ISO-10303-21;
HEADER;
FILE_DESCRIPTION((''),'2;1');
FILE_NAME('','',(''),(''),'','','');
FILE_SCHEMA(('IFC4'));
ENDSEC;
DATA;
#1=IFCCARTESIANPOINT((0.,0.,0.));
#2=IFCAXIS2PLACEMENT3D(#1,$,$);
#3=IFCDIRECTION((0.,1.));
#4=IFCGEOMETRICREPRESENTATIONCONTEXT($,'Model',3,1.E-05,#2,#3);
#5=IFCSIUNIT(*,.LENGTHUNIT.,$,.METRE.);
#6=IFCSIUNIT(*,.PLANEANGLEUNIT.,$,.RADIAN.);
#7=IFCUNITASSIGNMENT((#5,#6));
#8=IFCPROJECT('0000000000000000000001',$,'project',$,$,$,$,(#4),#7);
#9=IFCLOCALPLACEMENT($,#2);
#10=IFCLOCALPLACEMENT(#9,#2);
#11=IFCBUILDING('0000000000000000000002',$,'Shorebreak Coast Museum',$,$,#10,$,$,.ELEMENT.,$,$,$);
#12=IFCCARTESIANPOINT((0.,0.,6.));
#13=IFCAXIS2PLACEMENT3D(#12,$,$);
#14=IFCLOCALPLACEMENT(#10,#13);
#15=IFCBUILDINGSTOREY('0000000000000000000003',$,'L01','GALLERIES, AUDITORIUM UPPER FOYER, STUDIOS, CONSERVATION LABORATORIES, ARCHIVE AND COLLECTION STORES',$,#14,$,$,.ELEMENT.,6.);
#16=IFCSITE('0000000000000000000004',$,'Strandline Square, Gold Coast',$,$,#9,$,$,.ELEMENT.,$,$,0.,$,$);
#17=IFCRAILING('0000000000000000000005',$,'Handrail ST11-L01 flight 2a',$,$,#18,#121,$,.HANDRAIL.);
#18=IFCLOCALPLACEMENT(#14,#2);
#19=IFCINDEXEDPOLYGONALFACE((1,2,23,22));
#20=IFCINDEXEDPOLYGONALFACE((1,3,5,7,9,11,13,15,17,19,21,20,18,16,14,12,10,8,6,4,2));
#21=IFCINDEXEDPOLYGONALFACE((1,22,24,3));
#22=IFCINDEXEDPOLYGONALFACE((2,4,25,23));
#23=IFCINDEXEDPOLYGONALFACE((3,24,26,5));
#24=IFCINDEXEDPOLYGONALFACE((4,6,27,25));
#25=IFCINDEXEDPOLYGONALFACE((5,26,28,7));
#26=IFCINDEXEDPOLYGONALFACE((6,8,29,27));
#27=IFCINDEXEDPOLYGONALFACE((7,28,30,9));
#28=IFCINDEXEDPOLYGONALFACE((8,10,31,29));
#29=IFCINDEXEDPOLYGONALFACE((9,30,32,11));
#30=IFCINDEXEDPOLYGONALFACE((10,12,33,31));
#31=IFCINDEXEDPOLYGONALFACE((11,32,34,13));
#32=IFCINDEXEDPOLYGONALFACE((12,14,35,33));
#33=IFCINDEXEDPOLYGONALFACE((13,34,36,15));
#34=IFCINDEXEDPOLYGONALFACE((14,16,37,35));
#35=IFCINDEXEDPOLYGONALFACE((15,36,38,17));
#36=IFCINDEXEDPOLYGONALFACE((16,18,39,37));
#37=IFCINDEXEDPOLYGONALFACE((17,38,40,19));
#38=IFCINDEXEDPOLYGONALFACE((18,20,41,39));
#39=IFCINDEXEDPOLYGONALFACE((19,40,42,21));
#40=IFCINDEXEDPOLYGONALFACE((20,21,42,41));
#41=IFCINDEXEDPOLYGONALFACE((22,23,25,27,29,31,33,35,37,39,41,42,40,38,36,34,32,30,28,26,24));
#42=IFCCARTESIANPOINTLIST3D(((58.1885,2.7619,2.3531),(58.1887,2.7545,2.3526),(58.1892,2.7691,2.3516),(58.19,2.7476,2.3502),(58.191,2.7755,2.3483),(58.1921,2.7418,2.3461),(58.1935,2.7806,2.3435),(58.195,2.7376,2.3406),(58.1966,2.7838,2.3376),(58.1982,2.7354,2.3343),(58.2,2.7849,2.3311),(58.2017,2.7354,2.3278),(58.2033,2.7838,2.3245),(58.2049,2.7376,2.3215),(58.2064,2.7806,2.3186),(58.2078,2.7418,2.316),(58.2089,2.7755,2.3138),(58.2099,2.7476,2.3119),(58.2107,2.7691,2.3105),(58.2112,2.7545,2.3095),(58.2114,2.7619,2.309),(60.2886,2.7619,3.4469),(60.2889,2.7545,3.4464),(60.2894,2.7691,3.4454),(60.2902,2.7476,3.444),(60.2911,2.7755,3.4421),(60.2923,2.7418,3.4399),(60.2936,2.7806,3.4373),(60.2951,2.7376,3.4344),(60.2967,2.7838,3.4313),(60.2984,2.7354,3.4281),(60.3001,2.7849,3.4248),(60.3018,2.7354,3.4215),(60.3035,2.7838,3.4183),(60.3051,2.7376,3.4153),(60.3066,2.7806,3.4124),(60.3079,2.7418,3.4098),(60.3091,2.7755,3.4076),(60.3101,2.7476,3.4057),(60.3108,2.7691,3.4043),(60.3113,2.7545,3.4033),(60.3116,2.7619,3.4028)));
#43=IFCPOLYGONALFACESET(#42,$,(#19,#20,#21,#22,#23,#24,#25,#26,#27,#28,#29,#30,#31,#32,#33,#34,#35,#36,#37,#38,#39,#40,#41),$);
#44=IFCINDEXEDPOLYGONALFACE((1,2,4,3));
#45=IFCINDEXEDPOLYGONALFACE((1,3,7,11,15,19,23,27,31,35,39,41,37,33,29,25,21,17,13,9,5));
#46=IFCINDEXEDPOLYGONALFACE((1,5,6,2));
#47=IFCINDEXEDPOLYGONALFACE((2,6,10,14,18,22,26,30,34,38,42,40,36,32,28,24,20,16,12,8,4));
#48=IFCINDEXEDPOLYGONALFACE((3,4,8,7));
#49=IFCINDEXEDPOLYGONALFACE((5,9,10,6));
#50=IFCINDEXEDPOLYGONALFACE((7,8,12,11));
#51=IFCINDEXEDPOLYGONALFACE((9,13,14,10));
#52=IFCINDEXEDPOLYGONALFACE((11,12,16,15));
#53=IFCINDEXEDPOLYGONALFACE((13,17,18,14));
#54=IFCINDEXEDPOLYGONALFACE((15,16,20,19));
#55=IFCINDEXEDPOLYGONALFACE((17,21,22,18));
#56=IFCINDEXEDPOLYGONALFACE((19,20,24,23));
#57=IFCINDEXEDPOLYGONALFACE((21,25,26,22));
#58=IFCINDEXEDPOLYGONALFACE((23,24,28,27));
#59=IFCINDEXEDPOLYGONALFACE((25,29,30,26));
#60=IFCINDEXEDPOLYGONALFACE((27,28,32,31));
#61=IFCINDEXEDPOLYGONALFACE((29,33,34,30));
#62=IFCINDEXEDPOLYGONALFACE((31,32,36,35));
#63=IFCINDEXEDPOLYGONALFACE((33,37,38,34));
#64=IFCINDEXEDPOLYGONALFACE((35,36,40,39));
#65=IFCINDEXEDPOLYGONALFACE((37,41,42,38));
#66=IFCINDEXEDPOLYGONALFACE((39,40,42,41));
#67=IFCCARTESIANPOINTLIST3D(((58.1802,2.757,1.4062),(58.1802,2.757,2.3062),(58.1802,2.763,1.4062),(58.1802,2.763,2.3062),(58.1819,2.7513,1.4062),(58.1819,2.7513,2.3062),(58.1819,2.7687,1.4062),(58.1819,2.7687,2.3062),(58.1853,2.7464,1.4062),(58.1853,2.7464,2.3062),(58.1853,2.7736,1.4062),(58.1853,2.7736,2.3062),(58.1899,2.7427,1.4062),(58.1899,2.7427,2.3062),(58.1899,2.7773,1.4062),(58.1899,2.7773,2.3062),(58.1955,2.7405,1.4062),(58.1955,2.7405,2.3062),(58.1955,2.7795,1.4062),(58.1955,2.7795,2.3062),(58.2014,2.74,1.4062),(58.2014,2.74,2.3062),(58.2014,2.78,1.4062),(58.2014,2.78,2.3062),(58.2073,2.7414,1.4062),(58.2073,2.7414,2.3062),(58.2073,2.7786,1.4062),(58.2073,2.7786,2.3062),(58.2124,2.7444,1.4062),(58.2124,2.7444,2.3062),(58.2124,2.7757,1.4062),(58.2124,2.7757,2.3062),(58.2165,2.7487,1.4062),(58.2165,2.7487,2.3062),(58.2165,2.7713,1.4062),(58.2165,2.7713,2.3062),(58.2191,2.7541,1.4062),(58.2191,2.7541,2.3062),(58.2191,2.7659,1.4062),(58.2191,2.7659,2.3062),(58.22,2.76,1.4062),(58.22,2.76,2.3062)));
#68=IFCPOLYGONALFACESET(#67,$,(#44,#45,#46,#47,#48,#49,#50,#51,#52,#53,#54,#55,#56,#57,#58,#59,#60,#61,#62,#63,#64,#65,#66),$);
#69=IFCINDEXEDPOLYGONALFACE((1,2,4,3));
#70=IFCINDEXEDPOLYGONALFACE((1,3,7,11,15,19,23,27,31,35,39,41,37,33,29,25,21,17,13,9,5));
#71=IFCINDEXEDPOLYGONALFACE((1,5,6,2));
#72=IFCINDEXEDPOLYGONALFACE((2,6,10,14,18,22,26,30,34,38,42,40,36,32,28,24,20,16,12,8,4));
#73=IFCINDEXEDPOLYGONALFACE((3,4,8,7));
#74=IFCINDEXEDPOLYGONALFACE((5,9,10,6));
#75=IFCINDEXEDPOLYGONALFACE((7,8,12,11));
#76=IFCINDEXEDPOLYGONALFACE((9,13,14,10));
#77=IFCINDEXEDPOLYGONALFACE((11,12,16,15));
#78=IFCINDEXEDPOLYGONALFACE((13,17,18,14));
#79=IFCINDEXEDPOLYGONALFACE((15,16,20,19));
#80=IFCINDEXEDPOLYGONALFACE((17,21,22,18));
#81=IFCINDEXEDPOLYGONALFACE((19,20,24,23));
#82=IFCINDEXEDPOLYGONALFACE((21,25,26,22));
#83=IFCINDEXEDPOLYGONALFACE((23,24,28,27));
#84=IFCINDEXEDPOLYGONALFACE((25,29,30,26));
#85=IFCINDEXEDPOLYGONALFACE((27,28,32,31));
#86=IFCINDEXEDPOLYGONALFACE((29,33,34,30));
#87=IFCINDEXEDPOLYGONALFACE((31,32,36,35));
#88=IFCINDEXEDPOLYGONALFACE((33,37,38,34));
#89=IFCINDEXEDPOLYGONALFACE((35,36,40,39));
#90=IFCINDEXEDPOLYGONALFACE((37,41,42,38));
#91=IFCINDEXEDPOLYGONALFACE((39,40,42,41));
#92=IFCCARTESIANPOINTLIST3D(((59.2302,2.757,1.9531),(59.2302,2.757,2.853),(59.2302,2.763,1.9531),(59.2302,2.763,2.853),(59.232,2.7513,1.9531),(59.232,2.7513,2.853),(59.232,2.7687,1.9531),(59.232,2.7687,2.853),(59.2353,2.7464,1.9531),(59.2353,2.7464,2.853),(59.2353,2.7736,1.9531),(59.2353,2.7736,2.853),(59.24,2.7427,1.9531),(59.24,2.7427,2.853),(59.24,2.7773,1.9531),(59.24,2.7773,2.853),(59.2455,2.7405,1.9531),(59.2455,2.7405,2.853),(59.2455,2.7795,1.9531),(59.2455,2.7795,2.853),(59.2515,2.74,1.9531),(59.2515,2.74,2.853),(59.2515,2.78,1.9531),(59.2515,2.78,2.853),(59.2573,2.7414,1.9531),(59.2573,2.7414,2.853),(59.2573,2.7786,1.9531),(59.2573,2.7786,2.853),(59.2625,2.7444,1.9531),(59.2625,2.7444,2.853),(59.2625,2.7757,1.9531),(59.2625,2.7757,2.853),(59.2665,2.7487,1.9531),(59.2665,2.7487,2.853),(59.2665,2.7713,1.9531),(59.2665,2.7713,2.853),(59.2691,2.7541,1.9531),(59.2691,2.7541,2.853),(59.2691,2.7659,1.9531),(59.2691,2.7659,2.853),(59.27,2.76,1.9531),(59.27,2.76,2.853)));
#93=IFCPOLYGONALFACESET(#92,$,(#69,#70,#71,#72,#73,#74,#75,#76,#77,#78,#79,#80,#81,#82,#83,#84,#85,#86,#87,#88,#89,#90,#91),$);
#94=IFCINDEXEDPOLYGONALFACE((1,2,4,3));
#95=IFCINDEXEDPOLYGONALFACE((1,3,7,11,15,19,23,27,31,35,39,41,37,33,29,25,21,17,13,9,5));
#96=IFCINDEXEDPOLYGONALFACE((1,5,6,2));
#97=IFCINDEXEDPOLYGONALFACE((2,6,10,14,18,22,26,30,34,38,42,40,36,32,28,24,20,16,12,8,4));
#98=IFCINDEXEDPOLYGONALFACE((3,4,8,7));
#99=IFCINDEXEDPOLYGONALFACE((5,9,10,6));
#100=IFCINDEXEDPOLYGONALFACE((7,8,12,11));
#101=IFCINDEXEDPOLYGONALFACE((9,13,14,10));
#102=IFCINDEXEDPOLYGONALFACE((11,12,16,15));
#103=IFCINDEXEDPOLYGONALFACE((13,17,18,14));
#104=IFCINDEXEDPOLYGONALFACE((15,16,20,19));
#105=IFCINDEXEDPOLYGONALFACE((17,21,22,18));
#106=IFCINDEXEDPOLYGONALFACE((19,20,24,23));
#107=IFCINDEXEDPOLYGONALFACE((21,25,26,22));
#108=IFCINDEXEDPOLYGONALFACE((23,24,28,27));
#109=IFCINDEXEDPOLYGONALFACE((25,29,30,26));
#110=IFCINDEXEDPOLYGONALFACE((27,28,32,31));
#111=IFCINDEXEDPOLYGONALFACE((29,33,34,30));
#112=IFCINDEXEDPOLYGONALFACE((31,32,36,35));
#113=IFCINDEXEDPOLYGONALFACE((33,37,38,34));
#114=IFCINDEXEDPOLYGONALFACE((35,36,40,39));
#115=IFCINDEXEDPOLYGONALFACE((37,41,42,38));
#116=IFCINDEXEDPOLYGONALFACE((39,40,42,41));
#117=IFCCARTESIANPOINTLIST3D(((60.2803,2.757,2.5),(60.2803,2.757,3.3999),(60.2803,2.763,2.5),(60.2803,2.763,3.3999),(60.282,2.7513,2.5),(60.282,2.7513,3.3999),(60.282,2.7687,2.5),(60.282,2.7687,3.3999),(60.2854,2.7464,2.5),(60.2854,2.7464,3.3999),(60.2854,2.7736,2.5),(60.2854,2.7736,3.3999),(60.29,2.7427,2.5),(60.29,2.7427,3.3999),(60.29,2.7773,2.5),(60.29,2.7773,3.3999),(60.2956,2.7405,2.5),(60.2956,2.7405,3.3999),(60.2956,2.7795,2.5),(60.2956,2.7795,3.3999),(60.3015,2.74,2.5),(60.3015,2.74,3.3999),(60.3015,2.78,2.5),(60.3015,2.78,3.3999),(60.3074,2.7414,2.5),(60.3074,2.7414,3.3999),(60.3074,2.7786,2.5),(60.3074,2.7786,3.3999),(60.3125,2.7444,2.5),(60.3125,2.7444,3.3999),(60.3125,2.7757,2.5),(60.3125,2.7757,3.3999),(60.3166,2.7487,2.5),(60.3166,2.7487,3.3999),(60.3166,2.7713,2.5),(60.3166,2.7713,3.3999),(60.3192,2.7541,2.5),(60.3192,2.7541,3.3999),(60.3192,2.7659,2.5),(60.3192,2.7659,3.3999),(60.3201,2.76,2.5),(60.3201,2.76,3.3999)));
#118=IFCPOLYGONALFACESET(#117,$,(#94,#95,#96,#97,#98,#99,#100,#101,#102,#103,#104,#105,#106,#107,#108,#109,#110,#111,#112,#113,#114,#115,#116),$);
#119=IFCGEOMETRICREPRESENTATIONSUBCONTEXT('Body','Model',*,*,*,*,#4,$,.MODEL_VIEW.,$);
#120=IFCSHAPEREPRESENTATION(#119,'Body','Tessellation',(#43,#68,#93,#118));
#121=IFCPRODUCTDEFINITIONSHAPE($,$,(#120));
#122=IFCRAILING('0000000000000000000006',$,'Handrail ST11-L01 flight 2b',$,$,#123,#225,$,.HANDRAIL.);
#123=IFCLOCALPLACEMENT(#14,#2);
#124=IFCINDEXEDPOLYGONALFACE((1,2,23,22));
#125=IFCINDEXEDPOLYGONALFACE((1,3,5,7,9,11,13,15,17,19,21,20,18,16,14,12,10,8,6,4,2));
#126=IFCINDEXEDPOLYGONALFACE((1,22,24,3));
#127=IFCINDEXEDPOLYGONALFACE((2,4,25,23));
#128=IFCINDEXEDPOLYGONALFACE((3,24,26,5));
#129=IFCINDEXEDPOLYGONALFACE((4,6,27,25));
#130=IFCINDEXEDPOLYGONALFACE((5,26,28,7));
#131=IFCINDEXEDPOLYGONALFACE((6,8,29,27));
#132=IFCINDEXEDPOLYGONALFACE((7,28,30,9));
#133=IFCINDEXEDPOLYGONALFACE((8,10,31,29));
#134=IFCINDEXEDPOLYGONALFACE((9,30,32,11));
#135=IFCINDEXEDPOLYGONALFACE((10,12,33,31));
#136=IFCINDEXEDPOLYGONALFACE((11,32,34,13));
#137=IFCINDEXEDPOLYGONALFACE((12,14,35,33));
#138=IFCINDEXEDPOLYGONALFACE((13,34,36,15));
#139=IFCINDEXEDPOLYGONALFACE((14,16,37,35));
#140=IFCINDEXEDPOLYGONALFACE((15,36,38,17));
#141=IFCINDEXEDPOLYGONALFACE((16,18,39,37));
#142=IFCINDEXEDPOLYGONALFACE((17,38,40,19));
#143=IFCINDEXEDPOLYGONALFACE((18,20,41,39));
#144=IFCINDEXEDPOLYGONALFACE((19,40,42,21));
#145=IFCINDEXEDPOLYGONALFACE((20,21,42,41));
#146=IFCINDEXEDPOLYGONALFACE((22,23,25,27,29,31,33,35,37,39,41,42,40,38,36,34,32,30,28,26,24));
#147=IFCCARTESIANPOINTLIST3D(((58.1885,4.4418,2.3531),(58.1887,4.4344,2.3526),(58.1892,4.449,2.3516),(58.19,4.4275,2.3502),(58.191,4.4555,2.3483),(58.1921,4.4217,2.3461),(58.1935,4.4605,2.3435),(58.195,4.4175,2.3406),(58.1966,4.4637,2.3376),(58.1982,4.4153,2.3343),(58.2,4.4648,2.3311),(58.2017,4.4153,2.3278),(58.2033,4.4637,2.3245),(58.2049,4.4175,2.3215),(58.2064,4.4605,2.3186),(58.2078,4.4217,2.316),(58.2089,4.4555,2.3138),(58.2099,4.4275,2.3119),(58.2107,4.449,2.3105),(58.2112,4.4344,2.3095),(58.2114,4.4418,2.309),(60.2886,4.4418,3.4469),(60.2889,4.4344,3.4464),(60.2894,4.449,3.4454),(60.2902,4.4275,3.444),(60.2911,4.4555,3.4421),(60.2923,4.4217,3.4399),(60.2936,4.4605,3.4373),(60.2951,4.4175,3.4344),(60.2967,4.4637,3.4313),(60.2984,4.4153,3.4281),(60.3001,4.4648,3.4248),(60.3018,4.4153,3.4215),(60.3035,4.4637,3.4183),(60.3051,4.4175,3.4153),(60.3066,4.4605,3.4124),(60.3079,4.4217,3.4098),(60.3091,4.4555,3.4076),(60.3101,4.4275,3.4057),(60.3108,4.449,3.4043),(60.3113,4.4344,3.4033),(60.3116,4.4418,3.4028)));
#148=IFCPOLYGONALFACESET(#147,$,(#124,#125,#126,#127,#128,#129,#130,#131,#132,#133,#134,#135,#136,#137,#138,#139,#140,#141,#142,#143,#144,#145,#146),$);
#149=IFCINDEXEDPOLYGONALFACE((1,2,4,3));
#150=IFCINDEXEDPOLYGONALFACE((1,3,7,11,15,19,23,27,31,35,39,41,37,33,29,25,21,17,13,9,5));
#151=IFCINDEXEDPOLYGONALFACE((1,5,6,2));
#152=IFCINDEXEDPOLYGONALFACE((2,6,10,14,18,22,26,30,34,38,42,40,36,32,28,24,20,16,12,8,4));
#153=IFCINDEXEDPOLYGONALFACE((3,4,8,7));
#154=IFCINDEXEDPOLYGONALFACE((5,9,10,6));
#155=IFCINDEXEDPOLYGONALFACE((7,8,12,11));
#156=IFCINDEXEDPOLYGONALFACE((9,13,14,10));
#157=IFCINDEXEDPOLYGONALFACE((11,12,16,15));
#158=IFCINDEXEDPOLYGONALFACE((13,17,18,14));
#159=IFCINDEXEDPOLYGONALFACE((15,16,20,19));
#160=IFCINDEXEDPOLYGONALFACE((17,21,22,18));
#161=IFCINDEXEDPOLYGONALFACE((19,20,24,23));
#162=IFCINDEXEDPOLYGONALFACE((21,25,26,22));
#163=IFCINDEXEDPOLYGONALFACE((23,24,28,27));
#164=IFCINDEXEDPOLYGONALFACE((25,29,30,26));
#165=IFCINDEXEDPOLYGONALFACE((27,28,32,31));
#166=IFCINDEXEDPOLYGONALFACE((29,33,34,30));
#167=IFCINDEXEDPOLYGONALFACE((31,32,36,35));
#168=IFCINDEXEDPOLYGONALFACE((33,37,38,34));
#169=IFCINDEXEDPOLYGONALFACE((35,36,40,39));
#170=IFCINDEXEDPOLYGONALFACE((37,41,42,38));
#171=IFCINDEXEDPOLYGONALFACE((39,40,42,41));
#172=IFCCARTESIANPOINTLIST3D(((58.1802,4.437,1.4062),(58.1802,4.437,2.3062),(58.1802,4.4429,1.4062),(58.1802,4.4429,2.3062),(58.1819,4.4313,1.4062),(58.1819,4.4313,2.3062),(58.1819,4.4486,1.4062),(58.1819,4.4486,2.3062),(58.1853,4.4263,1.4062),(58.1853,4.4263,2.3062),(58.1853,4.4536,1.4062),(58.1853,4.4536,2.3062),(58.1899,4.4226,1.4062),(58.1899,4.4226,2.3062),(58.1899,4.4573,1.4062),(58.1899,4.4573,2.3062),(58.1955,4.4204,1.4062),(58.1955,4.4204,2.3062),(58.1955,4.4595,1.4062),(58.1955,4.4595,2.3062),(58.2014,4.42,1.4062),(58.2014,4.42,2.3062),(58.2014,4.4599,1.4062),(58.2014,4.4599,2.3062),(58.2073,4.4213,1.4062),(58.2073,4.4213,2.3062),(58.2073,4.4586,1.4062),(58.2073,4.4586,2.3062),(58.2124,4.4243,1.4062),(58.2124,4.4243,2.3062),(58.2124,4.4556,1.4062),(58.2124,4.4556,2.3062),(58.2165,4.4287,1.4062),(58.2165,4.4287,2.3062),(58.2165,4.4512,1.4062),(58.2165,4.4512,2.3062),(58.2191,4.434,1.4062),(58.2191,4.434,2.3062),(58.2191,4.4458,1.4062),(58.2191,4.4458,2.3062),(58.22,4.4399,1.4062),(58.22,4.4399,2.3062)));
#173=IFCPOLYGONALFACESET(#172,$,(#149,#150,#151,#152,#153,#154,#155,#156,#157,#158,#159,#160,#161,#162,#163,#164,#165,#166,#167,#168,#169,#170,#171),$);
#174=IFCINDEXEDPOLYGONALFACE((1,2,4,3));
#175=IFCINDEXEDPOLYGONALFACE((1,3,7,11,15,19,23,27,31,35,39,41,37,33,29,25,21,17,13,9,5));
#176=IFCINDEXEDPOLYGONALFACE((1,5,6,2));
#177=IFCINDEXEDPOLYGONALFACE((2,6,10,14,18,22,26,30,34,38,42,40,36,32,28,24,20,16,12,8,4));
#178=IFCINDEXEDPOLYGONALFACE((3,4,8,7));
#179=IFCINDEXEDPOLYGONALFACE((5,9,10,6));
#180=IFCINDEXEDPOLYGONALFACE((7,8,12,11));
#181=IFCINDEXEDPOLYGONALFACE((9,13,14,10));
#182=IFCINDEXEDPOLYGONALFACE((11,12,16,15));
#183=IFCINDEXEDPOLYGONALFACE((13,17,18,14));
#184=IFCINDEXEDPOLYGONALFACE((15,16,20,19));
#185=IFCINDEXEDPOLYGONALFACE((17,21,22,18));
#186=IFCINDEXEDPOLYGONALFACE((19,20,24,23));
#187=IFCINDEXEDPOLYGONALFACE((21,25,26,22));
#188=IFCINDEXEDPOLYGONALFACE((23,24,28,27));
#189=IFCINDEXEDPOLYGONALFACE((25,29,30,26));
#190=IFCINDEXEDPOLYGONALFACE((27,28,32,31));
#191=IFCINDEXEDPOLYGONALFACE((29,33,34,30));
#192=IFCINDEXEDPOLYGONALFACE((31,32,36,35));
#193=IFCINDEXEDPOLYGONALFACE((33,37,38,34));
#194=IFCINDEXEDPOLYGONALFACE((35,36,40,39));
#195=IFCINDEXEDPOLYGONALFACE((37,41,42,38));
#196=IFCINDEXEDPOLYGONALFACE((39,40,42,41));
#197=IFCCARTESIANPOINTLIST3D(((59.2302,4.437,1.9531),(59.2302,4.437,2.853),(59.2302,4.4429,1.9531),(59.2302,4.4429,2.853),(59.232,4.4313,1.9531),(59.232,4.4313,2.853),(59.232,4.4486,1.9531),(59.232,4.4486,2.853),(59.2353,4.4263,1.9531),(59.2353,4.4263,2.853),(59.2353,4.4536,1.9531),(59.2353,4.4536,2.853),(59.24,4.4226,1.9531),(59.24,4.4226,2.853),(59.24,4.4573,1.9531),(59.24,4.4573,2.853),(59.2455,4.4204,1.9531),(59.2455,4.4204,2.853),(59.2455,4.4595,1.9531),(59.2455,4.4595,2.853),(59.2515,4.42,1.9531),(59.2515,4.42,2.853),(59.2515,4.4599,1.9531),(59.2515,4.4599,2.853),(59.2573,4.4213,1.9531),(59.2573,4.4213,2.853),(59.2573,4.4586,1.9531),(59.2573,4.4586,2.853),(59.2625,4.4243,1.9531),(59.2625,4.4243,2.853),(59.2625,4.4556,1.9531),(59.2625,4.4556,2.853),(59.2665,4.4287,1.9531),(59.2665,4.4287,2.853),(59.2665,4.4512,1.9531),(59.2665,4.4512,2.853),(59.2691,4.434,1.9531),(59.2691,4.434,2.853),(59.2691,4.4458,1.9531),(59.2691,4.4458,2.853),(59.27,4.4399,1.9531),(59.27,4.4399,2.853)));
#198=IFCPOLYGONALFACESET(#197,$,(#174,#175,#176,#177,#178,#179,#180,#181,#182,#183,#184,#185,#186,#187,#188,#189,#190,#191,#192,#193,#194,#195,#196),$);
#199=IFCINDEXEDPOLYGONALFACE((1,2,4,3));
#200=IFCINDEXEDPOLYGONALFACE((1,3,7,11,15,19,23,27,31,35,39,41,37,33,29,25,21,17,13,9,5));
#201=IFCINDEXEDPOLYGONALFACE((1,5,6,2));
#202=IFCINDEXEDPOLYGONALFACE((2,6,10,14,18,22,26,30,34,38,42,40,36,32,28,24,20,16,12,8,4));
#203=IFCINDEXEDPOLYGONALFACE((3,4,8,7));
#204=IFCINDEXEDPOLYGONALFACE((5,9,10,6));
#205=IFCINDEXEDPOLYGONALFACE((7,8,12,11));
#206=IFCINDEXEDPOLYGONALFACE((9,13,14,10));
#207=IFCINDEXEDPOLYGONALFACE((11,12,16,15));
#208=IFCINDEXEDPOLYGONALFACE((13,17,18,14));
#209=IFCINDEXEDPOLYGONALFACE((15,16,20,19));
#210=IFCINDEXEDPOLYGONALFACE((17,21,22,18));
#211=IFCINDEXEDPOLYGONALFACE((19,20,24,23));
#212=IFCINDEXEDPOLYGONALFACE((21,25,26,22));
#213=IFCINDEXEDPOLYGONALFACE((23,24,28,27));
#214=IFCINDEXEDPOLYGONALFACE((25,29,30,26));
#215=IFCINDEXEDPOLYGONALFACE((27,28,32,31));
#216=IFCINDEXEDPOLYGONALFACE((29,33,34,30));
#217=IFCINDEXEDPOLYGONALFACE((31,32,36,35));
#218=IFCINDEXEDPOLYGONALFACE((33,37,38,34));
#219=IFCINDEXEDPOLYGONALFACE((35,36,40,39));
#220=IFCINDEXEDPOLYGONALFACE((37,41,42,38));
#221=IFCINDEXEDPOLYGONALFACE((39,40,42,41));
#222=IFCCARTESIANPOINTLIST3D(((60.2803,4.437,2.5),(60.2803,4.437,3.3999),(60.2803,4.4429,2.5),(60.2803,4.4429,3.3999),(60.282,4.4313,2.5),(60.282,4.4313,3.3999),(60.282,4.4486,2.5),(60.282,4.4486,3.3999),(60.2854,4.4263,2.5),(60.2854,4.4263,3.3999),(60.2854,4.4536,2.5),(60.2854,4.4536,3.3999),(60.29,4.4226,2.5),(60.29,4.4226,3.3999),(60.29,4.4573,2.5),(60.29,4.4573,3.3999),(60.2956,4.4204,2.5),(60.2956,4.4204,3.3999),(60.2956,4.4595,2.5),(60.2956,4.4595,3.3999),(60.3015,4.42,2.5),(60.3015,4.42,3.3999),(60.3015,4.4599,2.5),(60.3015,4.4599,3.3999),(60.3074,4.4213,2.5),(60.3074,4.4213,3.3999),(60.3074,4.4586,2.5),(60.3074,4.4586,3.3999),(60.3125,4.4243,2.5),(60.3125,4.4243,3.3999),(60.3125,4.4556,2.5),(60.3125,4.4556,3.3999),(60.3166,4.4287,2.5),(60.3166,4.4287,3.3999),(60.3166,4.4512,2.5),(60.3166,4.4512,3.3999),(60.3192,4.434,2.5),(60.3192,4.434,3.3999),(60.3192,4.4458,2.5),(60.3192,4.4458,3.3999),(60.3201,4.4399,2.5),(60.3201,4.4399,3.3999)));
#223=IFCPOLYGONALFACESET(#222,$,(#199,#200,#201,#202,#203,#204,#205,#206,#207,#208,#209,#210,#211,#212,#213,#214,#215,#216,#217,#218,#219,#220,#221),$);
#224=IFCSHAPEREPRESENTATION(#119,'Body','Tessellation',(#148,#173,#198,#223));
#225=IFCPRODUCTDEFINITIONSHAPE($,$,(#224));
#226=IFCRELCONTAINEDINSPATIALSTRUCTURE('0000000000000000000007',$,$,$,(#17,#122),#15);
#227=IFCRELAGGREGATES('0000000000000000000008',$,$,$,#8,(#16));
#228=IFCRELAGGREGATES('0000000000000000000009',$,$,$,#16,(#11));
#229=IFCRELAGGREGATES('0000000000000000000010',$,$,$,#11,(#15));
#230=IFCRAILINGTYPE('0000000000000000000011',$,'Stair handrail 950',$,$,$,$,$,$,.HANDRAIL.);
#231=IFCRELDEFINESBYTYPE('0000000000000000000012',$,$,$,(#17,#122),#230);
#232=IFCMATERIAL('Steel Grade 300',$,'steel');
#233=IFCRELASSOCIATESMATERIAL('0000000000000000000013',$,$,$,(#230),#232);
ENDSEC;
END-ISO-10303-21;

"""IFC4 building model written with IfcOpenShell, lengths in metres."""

from ifc_helpers import new_model, si_unit, direction, frame, origin, origin_2d, place, context, subcontext, project, spatial, circle, extrude, material, type_object, element, save


model = new_model("IFC4")

# Units and contexts
model_context = context("Model", 3, precision=1e-05, world=origin(), true_north=direction((0.0, 1.0)))
body_context = subcontext(model_context, "Body", "Model", "MODEL_VIEW")
ifc_project = project(units=[si_unit("LENGTHUNIT", "METRE"), si_unit("PLANEANGLEUNIT", "RADIAN")], contexts=[model_context])

# Site, building, storey
site_placement = place(None, origin())
site = spatial("IfcSite", under=ifc_project, at=site_placement, Name="Strandline Square, Gold Coast", CompositionType="ELEMENT", RefElevation=0.0)
building_placement = place(site_placement, origin())
building = spatial("IfcBuilding", under=site, at=building_placement, Name="Shorebreak Coast Museum", CompositionType="ELEMENT")
storey_placement = place(building_placement, frame((0.0, 0.0, 6.0)))
storey = spatial("IfcBuildingStorey", under=building, at=storey_placement, Name="L01", Description="GALLERIES, AUDITORIUM UPPER FOYER, STUDIOS, CONSERVATION LABORATORIES, ARCHIVE AND COLLECTION STORES", CompositionType="ELEMENT", Elevation=6.0)

# Railings
ifc_material_1 = material(Name="Steel Grade 300", Category="steel")
railing_type_1 = type_object("IfcRailingType", Name="Stair handrail 950", PredefinedType="HANDRAIL", material=ifc_material_1)
for number, where, name in (
    (1, (58.2, 2.76, 1.4062), "Handrail ST11-L01 flight 2a"),
    (2, (58.2, 4.4399, 1.4062), "Handrail ST11-L01 flight 2b"),
):
    element("IfcRailing", number, at=place(storey_placement, frame(where)), inside=storey, type_object=railing_type_1, Name=name, PredefinedType="HANDRAIL", context=body_context, shape_type="SweptSolid", body=[
        extrude(circle(Radius=0.0249, at=origin_2d()), frame((0.0, 0.0, 0.9248), z_axis=(0.886923, 0.0, 0.461918), x_axis=(0.0, 1.0, 0.0)), (0.0, 0.0, 1.0), 2.3679),
        extrude(circle(Radius=0.02, at=origin_2d()), origin(), (0.0, 0.0, 1.0), 0.8999),
        extrude(circle(Radius=0.02, at=origin_2d()), frame((1.05, 0.0, 0.5469)), (0.0, 0.0, 1.0), 0.8999),
        extrude(circle(Radius=0.02, at=origin_2d()), frame((2.1001, 0.0, 1.0938)), (0.0, 0.0, 1.0), 0.8999),
    ])

save(model, "model.ifc")
